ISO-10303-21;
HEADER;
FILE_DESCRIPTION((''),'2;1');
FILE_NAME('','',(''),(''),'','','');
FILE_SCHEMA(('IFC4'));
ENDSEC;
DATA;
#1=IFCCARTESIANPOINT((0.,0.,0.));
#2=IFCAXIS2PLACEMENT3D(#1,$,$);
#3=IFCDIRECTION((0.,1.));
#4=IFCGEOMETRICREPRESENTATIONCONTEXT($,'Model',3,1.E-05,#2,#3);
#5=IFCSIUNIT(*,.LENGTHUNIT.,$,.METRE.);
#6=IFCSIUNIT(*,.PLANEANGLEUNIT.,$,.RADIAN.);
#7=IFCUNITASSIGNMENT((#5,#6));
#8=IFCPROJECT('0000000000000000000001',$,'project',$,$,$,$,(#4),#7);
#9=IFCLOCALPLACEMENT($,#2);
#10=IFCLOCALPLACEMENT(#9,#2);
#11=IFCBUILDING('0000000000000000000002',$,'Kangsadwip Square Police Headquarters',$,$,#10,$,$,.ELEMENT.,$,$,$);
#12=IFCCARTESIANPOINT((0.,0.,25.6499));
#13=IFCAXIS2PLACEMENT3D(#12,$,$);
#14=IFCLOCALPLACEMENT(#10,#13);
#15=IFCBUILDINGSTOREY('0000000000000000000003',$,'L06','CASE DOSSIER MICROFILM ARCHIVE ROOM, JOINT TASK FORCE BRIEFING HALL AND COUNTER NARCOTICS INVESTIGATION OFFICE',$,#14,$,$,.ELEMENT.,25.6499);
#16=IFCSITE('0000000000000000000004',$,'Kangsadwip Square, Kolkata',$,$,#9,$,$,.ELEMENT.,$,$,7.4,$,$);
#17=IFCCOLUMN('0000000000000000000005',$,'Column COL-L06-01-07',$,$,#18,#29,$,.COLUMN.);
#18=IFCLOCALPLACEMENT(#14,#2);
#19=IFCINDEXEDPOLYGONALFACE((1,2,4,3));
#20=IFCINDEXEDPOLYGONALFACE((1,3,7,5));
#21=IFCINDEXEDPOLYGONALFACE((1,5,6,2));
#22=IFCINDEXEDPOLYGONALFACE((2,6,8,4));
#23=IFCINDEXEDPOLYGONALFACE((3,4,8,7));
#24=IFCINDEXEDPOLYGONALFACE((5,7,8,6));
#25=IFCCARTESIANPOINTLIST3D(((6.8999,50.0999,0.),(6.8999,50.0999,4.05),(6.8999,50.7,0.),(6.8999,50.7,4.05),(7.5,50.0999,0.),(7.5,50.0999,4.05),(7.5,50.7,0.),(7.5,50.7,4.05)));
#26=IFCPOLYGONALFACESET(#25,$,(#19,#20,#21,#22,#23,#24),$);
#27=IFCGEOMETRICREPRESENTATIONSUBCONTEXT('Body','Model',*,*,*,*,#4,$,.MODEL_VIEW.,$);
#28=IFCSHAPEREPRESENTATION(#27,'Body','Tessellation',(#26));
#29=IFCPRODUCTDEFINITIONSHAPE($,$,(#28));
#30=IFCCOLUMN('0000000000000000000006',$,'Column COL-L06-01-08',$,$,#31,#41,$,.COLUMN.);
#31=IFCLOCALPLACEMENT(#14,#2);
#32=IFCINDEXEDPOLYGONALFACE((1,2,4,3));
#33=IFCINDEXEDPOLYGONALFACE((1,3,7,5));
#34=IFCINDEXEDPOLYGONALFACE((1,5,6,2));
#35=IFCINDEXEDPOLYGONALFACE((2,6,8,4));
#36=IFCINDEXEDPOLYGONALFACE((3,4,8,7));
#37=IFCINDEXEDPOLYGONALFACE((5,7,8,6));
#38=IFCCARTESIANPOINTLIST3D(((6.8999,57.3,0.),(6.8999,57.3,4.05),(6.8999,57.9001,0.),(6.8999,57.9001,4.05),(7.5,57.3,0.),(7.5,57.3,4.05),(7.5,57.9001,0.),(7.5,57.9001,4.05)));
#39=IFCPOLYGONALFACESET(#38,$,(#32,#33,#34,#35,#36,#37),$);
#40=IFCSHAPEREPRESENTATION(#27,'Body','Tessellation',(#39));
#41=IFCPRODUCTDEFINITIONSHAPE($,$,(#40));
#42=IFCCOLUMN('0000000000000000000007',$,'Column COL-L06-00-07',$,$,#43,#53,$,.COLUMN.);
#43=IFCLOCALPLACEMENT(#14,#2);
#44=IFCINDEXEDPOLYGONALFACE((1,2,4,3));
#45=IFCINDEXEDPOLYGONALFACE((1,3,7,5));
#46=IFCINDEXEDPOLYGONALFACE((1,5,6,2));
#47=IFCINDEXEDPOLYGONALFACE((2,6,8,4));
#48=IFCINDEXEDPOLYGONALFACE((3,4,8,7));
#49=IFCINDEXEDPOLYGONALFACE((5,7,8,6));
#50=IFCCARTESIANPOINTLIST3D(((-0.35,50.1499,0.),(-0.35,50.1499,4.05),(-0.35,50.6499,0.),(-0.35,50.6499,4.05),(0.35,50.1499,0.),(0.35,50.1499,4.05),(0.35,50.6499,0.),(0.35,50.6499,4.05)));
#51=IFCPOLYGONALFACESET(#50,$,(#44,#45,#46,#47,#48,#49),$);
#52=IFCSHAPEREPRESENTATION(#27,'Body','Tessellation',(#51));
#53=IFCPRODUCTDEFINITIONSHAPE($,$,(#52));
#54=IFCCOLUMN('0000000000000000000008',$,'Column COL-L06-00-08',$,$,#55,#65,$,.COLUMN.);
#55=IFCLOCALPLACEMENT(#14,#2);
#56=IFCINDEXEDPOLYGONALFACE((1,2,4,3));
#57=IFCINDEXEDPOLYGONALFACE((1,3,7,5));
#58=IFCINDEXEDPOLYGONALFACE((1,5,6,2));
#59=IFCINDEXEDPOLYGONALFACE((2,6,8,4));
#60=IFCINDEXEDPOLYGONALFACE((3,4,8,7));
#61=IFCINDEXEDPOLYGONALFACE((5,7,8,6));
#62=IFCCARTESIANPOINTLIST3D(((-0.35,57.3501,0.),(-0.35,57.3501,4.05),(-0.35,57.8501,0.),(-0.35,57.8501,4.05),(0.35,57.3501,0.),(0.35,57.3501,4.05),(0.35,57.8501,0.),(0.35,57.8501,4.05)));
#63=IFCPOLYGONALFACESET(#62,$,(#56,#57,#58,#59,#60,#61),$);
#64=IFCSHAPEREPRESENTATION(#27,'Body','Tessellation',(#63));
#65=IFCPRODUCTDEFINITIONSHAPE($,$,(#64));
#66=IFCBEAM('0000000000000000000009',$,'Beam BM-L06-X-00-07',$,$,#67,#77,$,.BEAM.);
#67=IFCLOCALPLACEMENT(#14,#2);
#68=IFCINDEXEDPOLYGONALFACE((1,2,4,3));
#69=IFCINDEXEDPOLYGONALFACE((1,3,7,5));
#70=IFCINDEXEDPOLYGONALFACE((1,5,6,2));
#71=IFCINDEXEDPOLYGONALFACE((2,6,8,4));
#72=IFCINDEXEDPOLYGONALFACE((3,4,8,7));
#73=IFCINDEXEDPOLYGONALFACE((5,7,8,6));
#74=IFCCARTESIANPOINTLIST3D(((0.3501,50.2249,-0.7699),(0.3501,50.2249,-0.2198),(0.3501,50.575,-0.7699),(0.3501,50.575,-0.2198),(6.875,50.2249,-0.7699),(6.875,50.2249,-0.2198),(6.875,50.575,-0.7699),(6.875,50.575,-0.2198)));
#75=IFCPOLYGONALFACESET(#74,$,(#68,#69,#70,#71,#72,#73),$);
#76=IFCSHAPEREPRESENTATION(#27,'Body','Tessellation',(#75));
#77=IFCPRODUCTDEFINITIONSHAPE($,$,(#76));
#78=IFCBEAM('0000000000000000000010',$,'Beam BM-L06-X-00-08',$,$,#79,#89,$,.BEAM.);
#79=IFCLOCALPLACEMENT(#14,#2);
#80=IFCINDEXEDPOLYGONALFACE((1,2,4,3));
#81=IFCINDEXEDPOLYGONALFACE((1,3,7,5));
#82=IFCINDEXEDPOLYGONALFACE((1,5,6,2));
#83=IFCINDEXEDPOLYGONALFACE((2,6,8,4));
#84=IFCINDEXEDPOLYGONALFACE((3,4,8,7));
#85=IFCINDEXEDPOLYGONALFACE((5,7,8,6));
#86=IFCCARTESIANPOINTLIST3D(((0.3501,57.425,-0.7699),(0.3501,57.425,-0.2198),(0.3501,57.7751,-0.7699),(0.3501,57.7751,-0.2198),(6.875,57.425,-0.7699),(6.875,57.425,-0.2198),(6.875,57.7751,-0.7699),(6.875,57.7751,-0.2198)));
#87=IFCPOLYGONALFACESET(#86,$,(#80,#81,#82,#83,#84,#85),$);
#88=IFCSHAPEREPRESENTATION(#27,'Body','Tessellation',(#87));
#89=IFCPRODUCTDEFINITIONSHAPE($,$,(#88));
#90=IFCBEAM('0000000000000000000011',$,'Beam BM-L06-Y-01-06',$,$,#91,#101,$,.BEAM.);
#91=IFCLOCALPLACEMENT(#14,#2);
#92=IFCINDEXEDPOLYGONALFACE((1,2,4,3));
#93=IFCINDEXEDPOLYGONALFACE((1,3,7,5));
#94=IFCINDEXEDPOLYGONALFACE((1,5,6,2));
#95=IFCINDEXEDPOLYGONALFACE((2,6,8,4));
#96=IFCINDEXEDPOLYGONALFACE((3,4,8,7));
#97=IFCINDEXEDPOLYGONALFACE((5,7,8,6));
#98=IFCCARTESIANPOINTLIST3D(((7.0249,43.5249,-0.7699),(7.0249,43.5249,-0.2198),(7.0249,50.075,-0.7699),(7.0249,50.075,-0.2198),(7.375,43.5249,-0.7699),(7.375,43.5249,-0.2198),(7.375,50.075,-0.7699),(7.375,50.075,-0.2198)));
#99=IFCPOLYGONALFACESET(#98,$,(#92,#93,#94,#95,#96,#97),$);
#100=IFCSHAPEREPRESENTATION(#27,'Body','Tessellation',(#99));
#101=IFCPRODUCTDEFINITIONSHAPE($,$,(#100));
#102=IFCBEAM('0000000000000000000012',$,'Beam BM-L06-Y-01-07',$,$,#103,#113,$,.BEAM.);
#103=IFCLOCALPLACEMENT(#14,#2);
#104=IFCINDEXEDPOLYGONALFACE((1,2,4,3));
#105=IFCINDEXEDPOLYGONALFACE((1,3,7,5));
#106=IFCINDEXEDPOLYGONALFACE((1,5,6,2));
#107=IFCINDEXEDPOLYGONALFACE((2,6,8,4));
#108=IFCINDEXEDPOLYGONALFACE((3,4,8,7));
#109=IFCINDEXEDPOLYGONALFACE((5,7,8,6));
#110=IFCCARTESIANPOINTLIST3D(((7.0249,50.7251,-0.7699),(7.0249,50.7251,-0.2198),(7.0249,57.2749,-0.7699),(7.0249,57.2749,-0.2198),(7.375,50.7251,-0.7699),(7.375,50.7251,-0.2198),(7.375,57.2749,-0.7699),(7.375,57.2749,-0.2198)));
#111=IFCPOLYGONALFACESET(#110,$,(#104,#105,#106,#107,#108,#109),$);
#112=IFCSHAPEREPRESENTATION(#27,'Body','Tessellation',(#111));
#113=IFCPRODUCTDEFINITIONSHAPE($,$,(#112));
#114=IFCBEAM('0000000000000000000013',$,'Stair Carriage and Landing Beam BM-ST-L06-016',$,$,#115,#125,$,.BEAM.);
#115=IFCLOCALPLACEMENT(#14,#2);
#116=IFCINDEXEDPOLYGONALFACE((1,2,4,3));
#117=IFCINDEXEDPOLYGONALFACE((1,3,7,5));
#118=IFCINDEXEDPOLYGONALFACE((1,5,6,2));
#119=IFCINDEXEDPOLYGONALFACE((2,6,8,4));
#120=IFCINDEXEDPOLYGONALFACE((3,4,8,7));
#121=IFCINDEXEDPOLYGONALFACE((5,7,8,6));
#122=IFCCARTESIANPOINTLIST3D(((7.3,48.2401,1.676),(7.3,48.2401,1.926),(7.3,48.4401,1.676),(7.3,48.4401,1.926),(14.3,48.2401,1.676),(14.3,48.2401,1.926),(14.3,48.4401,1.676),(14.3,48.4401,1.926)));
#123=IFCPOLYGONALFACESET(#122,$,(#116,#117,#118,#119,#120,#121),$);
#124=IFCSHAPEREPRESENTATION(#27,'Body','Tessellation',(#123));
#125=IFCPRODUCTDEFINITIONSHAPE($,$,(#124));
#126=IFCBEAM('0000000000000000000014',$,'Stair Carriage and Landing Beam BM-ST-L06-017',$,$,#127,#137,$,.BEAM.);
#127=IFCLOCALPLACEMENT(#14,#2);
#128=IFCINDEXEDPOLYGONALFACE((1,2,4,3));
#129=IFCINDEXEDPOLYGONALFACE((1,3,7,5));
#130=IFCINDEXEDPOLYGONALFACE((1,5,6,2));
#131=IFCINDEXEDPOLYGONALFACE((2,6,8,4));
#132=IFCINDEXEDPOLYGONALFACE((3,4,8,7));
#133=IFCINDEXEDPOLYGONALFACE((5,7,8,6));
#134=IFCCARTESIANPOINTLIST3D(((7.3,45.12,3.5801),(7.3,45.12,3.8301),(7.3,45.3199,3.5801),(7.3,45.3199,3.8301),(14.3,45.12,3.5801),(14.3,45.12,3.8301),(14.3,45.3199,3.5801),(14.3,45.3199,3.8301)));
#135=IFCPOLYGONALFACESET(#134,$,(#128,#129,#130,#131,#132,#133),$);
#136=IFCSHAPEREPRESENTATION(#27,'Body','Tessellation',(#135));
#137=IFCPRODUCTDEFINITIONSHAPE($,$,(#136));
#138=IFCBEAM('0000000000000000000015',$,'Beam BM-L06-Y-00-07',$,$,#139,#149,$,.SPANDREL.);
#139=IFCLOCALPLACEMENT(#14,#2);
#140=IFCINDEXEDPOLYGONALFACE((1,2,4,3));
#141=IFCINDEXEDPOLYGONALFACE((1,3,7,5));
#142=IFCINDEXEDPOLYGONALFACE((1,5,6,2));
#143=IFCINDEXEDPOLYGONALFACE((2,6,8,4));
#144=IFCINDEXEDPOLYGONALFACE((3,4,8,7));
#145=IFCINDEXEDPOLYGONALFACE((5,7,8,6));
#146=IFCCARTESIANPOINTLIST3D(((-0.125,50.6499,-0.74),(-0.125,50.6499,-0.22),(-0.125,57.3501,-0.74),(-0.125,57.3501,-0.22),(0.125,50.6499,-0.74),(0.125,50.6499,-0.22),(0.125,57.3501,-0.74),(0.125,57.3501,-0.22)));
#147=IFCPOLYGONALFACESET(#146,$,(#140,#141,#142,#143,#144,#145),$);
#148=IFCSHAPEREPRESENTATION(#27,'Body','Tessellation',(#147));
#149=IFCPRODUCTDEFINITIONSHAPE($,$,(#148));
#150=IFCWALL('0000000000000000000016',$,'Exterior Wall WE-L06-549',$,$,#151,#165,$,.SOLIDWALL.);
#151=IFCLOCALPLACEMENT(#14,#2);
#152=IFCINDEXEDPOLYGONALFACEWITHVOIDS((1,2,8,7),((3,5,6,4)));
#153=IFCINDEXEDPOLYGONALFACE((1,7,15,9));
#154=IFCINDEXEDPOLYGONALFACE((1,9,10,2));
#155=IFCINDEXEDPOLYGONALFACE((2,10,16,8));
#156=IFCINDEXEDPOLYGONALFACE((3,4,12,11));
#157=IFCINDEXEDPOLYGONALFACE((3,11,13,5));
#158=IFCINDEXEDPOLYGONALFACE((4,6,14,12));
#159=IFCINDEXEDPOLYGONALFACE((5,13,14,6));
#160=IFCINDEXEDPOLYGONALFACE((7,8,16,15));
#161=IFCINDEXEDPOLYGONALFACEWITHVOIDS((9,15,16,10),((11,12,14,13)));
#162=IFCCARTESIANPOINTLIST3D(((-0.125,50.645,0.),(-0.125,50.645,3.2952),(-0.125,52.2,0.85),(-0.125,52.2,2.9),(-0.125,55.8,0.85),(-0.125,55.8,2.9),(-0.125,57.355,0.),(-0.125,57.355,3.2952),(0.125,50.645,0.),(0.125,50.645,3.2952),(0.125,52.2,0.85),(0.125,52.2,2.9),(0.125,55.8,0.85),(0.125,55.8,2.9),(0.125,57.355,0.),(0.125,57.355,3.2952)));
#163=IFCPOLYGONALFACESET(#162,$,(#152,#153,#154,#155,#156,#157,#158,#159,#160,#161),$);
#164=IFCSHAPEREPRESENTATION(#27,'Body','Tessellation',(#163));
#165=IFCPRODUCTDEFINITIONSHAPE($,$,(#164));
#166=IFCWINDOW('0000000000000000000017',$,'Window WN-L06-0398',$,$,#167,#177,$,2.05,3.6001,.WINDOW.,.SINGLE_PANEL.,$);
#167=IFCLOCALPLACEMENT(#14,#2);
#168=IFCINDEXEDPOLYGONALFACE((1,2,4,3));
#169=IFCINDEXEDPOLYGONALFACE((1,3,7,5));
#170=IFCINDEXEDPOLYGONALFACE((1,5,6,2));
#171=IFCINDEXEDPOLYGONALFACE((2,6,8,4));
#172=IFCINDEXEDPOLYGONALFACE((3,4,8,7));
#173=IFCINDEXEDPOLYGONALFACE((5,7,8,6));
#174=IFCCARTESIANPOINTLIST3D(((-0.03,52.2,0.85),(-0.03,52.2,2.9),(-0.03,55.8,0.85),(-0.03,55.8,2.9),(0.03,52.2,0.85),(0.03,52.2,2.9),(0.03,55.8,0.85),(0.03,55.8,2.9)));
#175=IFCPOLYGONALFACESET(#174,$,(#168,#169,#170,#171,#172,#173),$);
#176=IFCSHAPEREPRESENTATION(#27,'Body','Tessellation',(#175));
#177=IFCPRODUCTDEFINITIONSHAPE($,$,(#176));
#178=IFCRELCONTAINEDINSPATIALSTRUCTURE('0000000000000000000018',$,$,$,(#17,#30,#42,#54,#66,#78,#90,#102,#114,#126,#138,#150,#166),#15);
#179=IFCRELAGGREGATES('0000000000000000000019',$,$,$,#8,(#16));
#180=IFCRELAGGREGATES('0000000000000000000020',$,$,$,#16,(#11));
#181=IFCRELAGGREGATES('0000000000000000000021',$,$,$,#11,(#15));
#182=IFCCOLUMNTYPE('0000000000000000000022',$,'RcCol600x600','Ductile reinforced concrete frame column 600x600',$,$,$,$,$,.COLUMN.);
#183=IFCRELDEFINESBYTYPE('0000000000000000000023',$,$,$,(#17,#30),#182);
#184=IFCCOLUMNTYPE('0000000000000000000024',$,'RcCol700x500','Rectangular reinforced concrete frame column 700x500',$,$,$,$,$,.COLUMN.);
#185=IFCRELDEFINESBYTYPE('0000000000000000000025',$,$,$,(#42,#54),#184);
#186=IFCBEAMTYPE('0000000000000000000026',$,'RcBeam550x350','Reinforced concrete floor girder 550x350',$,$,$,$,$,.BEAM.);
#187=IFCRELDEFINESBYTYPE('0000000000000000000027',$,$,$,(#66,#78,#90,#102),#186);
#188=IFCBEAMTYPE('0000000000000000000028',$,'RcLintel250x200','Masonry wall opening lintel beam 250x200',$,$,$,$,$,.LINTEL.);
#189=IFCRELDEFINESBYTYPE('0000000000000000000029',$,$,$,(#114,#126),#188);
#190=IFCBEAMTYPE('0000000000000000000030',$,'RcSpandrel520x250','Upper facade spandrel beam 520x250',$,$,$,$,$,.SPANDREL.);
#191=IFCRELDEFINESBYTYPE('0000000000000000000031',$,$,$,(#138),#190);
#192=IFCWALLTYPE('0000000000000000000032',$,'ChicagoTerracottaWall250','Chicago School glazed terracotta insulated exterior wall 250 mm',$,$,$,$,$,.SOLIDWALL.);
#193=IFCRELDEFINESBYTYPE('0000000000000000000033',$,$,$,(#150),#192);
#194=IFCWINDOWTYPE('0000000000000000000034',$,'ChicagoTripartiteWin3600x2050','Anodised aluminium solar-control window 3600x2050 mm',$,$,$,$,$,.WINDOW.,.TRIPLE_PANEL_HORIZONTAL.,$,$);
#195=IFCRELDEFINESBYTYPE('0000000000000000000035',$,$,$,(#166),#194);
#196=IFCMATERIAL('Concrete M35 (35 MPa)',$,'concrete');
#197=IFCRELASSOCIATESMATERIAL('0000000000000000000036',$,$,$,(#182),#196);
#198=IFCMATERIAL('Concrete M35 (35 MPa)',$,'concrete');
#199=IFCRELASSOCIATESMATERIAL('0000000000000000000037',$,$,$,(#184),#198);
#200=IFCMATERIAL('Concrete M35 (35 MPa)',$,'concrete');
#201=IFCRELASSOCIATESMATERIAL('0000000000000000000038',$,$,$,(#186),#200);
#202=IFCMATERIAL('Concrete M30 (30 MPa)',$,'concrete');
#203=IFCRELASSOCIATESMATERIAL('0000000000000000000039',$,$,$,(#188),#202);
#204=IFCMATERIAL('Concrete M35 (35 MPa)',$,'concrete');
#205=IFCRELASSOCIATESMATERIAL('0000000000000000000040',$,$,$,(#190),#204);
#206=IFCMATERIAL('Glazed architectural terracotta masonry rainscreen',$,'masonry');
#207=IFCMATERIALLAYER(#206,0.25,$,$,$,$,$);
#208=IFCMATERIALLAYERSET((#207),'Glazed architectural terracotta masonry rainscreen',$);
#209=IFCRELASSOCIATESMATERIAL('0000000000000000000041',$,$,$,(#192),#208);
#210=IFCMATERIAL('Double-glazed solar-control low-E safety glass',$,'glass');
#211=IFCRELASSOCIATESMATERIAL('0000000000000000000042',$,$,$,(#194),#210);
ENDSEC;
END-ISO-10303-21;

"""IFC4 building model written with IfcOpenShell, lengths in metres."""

from ifc_helpers import new_model, si_unit, direction, frame, frame_2d, origin, origin_2d, place, context, subcontext, project, spatial, rectangle, extrude, material, layer, layer_set, material_profile, profile_set, type_object, element, fill, save


model = new_model("IFC4")

# Units and contexts
model_context = context("Model", 3, precision=1e-05, world=origin(), true_north=direction((0.0, 1.0)))
body_context = subcontext(model_context, "Body", "Model", "MODEL_VIEW")
ifc_project = project(units=[si_unit("LENGTHUNIT", "METRE"), si_unit("PLANEANGLEUNIT", "RADIAN")], contexts=[model_context])

# Site, building, storey
site_placement = place(None, origin())
site = spatial("IfcSite", under=ifc_project, at=site_placement, Name="Kangsadwip Square, Kolkata", CompositionType="ELEMENT", RefElevation=7.4)
building_placement = place(site_placement, origin())
building = spatial("IfcBuilding", under=site, at=building_placement, Name="Kangsadwip Square Police Headquarters", CompositionType="ELEMENT")
storey_placement = place(building_placement, frame((0.0, 0.0, 25.6499)))
storey = spatial("IfcBuildingStorey", under=building, at=storey_placement, Name="L06", Description="CASE DOSSIER MICROFILM ARCHIVE ROOM, JOINT TASK FORCE BRIEFING HALL AND COUNTER NARCOTICS INVESTIGATION OFFICE", CompositionType="ELEMENT", Elevation=25.6499)

# Columns
ifc_material_1 = material(Name="Concrete M35 (35 MPa)", Category="concrete")
ifc_material_profile_1 = material_profile(ifc_material_1, rectangle(XDim=0.6001, YDim=0.6001, at=origin_2d()), Name="RC COL 600X600")
ifc_profile_set_1 = profile_set([ifc_material_profile_1], Name="Concrete M35 (35 MPa)")
column_type_1 = type_object("IfcColumnType", Name="RcCol600x600", Description="Ductile reinforced concrete frame column 600x600", PredefinedType="COLUMN", material=ifc_profile_set_1)
for number, where, z_axis, x_axis, name in (
    (1, (7.2, 50.3999, 0.0), (0.0, 0.0, 1.0), (1.0, 0.0, 0.0), "Column COL-L06-01-07"),
    (2, (7.2, 57.6001, 0.0), (0.0, 0.0, 1.0), (1.0, 0.0, 0.0), "Column COL-L06-01-08"),
):
    element("IfcColumn", number, at=place(storey_placement, frame(where, z_axis=z_axis, x_axis=x_axis)), inside=storey, type_object=column_type_1, Name=name, PredefinedType="COLUMN", context=body_context, shape_type="SweptSolid", body=[
        extrude(rectangle(XDim=0.6001, YDim=0.6001, at=origin_2d()), origin(), (0.0, 0.0, 1.0), 4.05),
    ])
ifc_material_2 = material(Name="Concrete M35 (35 MPa)", Category="concrete")
ifc_material_profile_2 = material_profile(ifc_material_2, rectangle(XDim=0.5, YDim=0.7, at=origin_2d()), Name="RC COL 700X500")
ifc_profile_set_2 = profile_set([ifc_material_profile_2], Name="Concrete M35 (35 MPa)")
column_type_2 = type_object("IfcColumnType", Name="RcCol700x500", Description="Rectangular reinforced concrete frame column 700x500", PredefinedType="COLUMN", material=ifc_profile_set_2)
for number, where, z_axis, x_axis, name in (
    (3, (0.0, 50.3999, 0.0), (0.0, 0.0, 1.0), (0.0, 1.0, 0.0), "Column COL-L06-00-07"),
    (4, (0.0, 57.6001, 0.0), (0.0, 0.0, 1.0), (0.0, 1.0, 0.0), "Column COL-L06-00-08"),
):
    element("IfcColumn", number, at=place(storey_placement, frame(where, z_axis=z_axis, x_axis=x_axis)), inside=storey, type_object=column_type_2, Name=name, PredefinedType="COLUMN", context=body_context, shape_type="SweptSolid", body=[
        extrude(rectangle(XDim=0.5, YDim=0.7, at=origin_2d()), origin(), (0.0, 0.0, 1.0), 4.05),
    ])

# Beams
ifc_material_3 = material(Name="Concrete M35 (35 MPa)", Category="concrete")
ifc_material_profile_3 = material_profile(ifc_material_3, rectangle(XDim=0.3501, YDim=0.55, at=origin_2d()), Name="RC BM 550X350")
ifc_profile_set_3 = profile_set([ifc_material_profile_3], Name="Concrete M35 (35 MPa)")
beam_type_1 = type_object("IfcBeamType", Name="RcBeam550x350", Description="Reinforced concrete floor girder 550x350", PredefinedType="BEAM", material=ifc_profile_set_3)
for number, where, z_axis, x_axis, name in (
    (5, (0.3501, 50.3999, -0.4949), (1.0, 0.0, 0.0), (0.0, 1.0, 0.0), "Beam BM-L06-X-00-07"),
    (6, (0.3501, 57.6001, -0.4949), (1.0, 0.0, 0.0), (0.0, 1.0, 0.0), "Beam BM-L06-X-00-08"),
):
    element("IfcBeam", number, at=place(storey_placement, frame(where, z_axis=z_axis, x_axis=x_axis)), inside=storey, type_object=beam_type_1, Name=name, PredefinedType="BEAM", context=body_context, shape_type="SweptSolid", body=[
        extrude(rectangle(XDim=0.3501, YDim=0.55, at=origin_2d()), origin(), (0.0, 0.0, 1.0), 6.5249),
    ])
beam_1_placement = place(storey_placement, frame((7.2, 43.5249, -0.4949), z_axis=(0.0, 1.0, 0.0), x_axis=(-1.0, 0.0, 0.0)))
element("IfcBeam", 7, at=beam_1_placement, inside=storey, type_object=beam_type_1, Name="Beam BM-L06-Y-01-06", PredefinedType="BEAM", context=body_context, shape_type="SweptSolid", body=[
    extrude(rectangle(XDim=0.3501, YDim=0.55, at=origin_2d()), origin(), (0.0, 0.0, 1.0), 6.55),
])
beam_2_placement = place(storey_placement, frame((7.2, 50.7251, -0.4949), z_axis=(0.0, 1.0, 0.0), x_axis=(-1.0, 0.0, 0.0)))
element("IfcBeam", 8, at=beam_2_placement, inside=storey, type_object=beam_type_1, Name="Beam BM-L06-Y-01-07", PredefinedType="BEAM", context=body_context, shape_type="SweptSolid", body=[
    extrude(rectangle(XDim=0.3501, YDim=0.55, at=origin_2d()), origin(), (0.0, 0.0, 1.0), 6.5498),
])
ifc_material_4 = material(Name="Concrete M30 (30 MPa)", Category="concrete")
ifc_material_profile_4 = material_profile(ifc_material_4, rectangle(XDim=0.2, YDim=0.25, at=origin_2d()), Name="RC LNT 250X200")
ifc_profile_set_4 = profile_set([ifc_material_profile_4], Name="Concrete M30 (30 MPa)")
beam_type_2 = type_object("IfcBeamType", Name="RcLintel250x200", Description="Masonry wall opening lintel beam 250x200", PredefinedType="LINTEL", material=ifc_profile_set_4)
for number, where, z_axis, x_axis, name in (
    (9, (7.3, 48.3401, 1.801), (1.0, 0.0, 0.0), (0.0, 1.0, 0.0), "Stair Carriage and Landing Beam BM-ST-L06-016"),
    (10, (7.3, 45.22, 3.7051), (1.0, 0.0, 0.0), (0.0, 1.0, 0.0), "Stair Carriage and Landing Beam BM-ST-L06-017"),
):
    element("IfcBeam", number, at=place(storey_placement, frame(where, z_axis=z_axis, x_axis=x_axis)), inside=storey, type_object=beam_type_2, Name=name, PredefinedType="BEAM", context=body_context, shape_type="SweptSolid", body=[
        extrude(rectangle(XDim=0.2, YDim=0.25, at=origin_2d()), origin(), (0.0, 0.0, 1.0), 7.0),
    ])
ifc_material_5 = material(Name="Concrete M35 (35 MPa)", Category="concrete")
ifc_material_profile_5 = material_profile(ifc_material_5, rectangle(XDim=0.25, YDim=0.52, at=origin_2d()), Name="RC SPN 520X250")
ifc_profile_set_5 = profile_set([ifc_material_profile_5], Name="Concrete M35 (35 MPa)")
beam_type_3 = type_object("IfcBeamType", Name="RcSpandrel520x250", Description="Upper facade spandrel beam 520x250", PredefinedType="SPANDREL", material=ifc_profile_set_5)
beam_3_placement = place(storey_placement, frame((0.0, 50.6499, -0.48), z_axis=(0.0, 1.0, 0.0), x_axis=(-1.0, 0.0, 0.0)))
element("IfcBeam", 11, at=beam_3_placement, inside=storey, type_object=beam_type_3, Name="Beam BM-L06-Y-00-07", PredefinedType="SPANDREL", context=body_context, shape_type="SweptSolid", body=[
    extrude(rectangle(XDim=0.25, YDim=0.52, at=origin_2d()), origin(), (0.0, 0.0, 1.0), 6.7002),
])

# Wall, opening, window
ifc_material_6 = material(Name="Glazed architectural terracotta masonry rainscreen", Category="masonry")
ifc_layer_1 = layer(ifc_material_6, 0.25)
ifc_layer_set_1 = layer_set([ifc_layer_1], Name="Glazed architectural terracotta masonry rainscreen")
wall_type_1 = type_object("IfcWallType", Name="ChicagoTerracottaWall250", Description="Chicago School glazed terracotta insulated exterior wall 250 mm", PredefinedType="SOLIDWALL", material=ifc_layer_set_1)
wall_1_placement = place(storey_placement, frame((0.0, 50.645, 0.0), z_axis=(0.0, 0.0, 1.0), x_axis=(0.0, 1.0, 0.0)))
wall_1 = element("IfcWall", 12, at=wall_1_placement, inside=storey, type_object=wall_type_1, Name="Exterior Wall WE-L06-549", PredefinedType="SOLIDWALL", context=body_context, shape_type="SweptSolid", body=[
    extrude(rectangle(XDim=6.71, YDim=0.25, at=frame_2d((3.355, 0.0))), origin(), (0.0, 0.0, 1.0), 3.2952),
])
opening_placement = place(wall_1_placement, frame((1.5549, 0.0, 0.8501)))
opening = element("IfcOpeningElement", 13, at=opening_placement, cuts=wall_1, PredefinedType="OPENING", context=body_context, shape_type="SweptSolid", body=[
    extrude(rectangle(XDim=3.6001, YDim=2.05, at=frame_2d((1.8, 1.0249))), frame((0.0, 0.135, 0.0), z_axis=(0.0, -1.0, 0.0), x_axis=(1.0, 0.0, 0.0)), (0.0, 0.0, 1.0), 0.27),
])
ifc_material_7 = material(Name="Double-glazed solar-control low-E safety glass", Category="glass")
window_type = type_object("IfcWindowType", Name="ChicagoTripartiteWin3600x2050", Description="Anodised aluminium solar-control window 3600x2050 mm", PartitioningType="TRIPLE_PANEL_HORIZONTAL", PredefinedType="WINDOW", material=ifc_material_7)
window_placement = place(opening_placement, origin())
window = element("IfcWindow", 14, at=window_placement, inside=storey, type_object=window_type, Name="Window WN-L06-0398", OverallHeight=2.05, OverallWidth=3.6001, PartitioningType="SINGLE_PANEL", PredefinedType="WINDOW", context=body_context, shape_type="SweptSolid", body=[
    extrude(rectangle(XDim=3.6001, YDim=2.05, at=frame_2d((1.8, 1.0249))), frame((0.0, 0.03, 0.0), z_axis=(0.0, -1.0, 0.0), x_axis=(1.0, 0.0, 0.0)), (0.0, 0.0, 1.0), 0.0601),
])
fill(opening, window)

save(model, "model.ifc")
